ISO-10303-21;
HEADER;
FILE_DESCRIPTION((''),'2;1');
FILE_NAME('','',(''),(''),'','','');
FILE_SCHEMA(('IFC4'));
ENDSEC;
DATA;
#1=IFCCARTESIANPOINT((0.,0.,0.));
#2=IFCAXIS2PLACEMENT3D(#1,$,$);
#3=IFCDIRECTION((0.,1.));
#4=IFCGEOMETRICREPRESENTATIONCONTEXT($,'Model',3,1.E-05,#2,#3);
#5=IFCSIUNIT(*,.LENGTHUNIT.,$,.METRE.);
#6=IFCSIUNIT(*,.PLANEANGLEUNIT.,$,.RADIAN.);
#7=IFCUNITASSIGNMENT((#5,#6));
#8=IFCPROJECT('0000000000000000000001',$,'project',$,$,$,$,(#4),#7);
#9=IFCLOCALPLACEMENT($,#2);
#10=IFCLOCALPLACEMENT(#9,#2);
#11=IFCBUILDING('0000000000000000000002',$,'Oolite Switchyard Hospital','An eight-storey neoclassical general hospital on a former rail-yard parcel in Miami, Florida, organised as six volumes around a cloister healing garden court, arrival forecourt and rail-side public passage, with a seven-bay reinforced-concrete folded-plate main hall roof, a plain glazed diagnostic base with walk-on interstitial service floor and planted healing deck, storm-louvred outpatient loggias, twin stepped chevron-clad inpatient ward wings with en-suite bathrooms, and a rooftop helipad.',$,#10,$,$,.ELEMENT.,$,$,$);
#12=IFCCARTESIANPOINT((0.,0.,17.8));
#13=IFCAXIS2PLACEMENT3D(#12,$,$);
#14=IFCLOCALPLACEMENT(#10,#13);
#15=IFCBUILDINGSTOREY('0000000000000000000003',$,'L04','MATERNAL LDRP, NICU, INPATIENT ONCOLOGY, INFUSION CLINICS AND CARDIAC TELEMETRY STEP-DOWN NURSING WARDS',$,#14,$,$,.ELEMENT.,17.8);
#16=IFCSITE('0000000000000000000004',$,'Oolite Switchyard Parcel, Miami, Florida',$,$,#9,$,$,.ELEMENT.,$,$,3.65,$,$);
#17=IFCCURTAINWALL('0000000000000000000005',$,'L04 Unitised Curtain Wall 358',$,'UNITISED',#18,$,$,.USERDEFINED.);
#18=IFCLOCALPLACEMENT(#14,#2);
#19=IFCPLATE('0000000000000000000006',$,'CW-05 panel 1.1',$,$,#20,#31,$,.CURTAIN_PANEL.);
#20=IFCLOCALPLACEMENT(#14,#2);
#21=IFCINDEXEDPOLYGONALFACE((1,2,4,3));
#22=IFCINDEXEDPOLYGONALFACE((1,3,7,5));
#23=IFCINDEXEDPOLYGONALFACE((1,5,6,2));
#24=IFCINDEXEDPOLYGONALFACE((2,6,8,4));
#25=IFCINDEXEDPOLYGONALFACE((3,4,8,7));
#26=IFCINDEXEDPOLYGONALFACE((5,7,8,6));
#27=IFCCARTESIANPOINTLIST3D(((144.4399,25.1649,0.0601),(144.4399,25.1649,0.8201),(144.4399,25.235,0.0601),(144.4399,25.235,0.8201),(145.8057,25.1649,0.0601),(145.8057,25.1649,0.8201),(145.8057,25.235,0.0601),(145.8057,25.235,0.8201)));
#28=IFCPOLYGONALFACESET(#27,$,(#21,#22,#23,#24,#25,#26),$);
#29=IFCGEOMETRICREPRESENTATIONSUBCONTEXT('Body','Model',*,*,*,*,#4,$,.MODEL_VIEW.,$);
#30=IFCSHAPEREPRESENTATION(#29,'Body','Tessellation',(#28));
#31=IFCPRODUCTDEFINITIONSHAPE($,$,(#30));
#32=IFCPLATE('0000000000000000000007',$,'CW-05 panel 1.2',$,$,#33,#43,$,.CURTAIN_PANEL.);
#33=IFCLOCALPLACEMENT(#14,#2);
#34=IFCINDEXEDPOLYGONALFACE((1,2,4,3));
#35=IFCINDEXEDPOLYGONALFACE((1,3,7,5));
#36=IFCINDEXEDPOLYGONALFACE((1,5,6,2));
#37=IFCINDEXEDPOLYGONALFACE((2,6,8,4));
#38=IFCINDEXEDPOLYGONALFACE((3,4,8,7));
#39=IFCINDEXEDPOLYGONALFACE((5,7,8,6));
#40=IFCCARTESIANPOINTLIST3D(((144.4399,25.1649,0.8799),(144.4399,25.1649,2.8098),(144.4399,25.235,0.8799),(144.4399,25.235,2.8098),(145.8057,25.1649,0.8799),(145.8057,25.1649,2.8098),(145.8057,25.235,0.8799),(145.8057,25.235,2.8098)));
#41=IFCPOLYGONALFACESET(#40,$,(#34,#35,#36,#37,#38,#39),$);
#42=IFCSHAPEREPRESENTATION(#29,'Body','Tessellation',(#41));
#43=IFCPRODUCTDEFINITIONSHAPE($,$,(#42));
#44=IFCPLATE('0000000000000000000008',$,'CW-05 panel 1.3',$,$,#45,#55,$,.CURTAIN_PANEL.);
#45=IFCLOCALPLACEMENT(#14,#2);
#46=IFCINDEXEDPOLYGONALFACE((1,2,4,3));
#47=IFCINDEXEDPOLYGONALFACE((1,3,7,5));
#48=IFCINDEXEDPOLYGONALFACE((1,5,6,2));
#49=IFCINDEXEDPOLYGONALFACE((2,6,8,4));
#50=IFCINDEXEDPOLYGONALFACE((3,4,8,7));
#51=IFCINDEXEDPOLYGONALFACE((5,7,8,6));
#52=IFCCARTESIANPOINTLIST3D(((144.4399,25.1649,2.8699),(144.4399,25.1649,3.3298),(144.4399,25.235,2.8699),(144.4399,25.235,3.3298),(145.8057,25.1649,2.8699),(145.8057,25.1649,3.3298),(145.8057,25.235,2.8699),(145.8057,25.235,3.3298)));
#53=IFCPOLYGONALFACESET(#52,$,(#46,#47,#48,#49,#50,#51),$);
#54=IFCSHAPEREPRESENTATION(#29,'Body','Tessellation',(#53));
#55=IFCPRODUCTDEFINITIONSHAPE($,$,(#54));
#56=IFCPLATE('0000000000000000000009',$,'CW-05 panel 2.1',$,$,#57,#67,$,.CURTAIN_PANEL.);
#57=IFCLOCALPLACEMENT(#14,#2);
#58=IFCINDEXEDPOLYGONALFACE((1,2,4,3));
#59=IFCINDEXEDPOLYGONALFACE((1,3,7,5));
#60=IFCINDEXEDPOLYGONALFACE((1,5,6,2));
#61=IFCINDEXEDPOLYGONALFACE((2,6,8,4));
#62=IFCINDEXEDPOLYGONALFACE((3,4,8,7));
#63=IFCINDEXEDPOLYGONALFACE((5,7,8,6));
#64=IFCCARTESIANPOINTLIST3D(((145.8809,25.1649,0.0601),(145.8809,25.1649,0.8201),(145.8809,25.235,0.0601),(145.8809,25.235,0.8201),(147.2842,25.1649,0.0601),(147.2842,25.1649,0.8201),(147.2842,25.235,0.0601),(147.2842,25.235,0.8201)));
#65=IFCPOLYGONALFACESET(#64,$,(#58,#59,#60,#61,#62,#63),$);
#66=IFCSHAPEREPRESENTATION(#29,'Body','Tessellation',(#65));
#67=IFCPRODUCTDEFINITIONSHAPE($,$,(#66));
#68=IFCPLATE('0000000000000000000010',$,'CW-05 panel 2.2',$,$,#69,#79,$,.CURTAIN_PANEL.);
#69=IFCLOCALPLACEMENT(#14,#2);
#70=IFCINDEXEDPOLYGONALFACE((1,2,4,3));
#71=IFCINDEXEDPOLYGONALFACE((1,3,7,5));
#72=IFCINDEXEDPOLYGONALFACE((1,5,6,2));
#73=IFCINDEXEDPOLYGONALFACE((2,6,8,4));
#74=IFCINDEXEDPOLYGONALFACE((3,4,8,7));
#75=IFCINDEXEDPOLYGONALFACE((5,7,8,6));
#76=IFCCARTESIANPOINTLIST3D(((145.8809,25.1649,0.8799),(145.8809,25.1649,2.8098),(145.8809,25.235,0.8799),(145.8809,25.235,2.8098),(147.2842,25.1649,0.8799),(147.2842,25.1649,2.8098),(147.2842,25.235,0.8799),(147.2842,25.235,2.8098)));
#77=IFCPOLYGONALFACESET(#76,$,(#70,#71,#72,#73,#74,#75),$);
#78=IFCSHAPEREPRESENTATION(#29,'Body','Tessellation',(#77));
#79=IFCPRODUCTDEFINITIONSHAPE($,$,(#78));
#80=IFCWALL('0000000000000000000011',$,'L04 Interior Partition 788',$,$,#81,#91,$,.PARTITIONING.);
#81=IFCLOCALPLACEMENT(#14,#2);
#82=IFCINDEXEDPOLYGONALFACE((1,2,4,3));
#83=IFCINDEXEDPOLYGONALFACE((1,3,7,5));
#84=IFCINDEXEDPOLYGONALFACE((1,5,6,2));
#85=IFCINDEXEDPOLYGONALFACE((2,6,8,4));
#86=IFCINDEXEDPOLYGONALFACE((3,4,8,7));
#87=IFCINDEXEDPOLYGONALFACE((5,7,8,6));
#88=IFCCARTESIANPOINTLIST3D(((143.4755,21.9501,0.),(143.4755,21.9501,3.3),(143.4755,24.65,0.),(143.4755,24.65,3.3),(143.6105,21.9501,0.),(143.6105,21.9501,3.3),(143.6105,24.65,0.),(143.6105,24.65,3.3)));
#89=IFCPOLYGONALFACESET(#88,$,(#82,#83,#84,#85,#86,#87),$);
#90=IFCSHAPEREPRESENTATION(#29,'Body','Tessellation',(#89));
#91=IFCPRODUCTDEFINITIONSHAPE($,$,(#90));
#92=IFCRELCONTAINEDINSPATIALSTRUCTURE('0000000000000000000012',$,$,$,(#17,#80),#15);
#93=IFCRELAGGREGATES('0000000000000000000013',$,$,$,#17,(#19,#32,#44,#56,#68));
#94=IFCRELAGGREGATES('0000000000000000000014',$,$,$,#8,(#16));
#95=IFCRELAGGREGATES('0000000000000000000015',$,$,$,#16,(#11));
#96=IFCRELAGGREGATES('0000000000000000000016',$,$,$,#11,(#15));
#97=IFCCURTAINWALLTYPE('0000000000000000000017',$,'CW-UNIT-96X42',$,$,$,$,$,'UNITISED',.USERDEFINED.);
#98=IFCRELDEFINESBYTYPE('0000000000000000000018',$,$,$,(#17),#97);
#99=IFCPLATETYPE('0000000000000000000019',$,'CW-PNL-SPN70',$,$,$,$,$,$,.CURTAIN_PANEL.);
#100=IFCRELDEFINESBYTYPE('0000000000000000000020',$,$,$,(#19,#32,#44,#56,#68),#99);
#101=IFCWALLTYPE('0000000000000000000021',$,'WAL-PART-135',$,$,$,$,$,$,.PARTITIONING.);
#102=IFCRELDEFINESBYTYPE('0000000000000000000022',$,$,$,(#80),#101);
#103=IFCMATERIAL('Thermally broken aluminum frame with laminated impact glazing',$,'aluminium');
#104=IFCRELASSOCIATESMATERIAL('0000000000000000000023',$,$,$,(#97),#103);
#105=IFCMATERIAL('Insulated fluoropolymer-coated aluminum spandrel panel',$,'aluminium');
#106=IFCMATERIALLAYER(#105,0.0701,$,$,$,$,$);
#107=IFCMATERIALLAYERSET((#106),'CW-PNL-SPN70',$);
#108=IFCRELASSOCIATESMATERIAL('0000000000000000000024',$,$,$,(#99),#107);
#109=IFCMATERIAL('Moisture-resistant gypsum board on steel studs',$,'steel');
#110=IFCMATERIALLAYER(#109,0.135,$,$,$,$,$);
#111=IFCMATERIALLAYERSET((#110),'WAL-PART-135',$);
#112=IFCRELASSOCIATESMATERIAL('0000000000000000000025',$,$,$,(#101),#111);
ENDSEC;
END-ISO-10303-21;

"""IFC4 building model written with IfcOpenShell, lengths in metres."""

from ifc_helpers import new_model, si_unit, direction, frame, frame_2d, origin, origin_2d, place, context, subcontext, project, spatial, rectangle, extrude, material, layer, layer_set, type_object, element, aggregate, save


model = new_model("IFC4")

# Units and contexts
model_context = context("Model", 3, precision=1e-05, world=origin(), true_north=direction((0.0, 1.0)))
body_context = subcontext(model_context, "Body", "Model", "MODEL_VIEW")
ifc_project = project(units=[si_unit("LENGTHUNIT", "METRE"), si_unit("PLANEANGLEUNIT", "RADIAN")], contexts=[model_context])

# Site, building, storey
site_placement = place(None, origin())
site = spatial("IfcSite", under=ifc_project, at=site_placement, Name="Oolite Switchyard Parcel, Miami, Florida", CompositionType="ELEMENT", RefElevation=3.65)
building_placement = place(site_placement, origin())
building = spatial("IfcBuilding", under=site, at=building_placement, Name="Oolite Switchyard Hospital", Description="An eight-storey neoclassical general hospital on a former rail-yard parcel in Miami, Florida, organised as six volumes around a cloister healing garden court, arrival forecourt and rail-side public passage, with a seven-bay reinforced-concrete folded-plate main hall roof, a plain glazed diagnostic base with walk-on interstitial service floor and planted healing deck, storm-louvred outpatient loggias, twin stepped chevron-clad inpatient ward wings with en-suite bathrooms, and a rooftop helipad.", CompositionType="ELEMENT")
storey_placement = place(building_placement, frame((0.0, 0.0, 17.8)))
storey = spatial("IfcBuildingStorey", under=building, at=storey_placement, Name="L04", Description="MATERNAL LDRP, NICU, INPATIENT ONCOLOGY, INFUSION CLINICS AND CARDIAC TELEMETRY STEP-DOWN NURSING WARDS", CompositionType="ELEMENT", Elevation=17.8)

# Curtain wall, plates
ifc_material_1 = material(Name="Thermally broken aluminum frame with laminated impact glazing", Category="aluminium")
curtain_wall_type = type_object("IfcCurtainWallType", Name="CW-UNIT-96X42", ElementType="UNITISED", PredefinedType="USERDEFINED", material=ifc_material_1)
curtain_wall_placement = place(storey_placement, origin())
curtain_wall = element("IfcCurtainWall", 1, at=curtain_wall_placement, inside=storey, type_object=curtain_wall_type, Name="L04 Unitised Curtain Wall 358", ObjectType="UNITISED", PredefinedType="USERDEFINED")
ifc_material_2 = material(Name="Insulated fluoropolymer-coated aluminum spandrel panel", Category="aluminium")
ifc_layer_1 = layer(ifc_material_2, 0.0701)
ifc_layer_set_1 = layer_set([ifc_layer_1], Name="CW-PNL-SPN70")
plate_type = type_object("IfcPlateType", Name="CW-PNL-SPN70", PredefinedType="CURTAIN_PANEL", material=ifc_layer_set_1)
plate_1_placement = place(storey_placement, frame((145.1228, 25.2, 0.0601), z_axis=(0.0, 0.0, 1.0), x_axis=(1.0, 0.0, 0.0)))
plate_1 = element("IfcPlate", 2, at=plate_1_placement, type_object=plate_type, Name="CW-05 panel 1.1", PredefinedType="CURTAIN_PANEL", context=body_context, shape_type="SweptSolid", body=[
    extrude(rectangle(XDim=1.3657, YDim=0.0701, at=origin_2d()), origin(), (0.0, 0.0, 1.0), 0.76),
])
plate_2_placement = place(storey_placement, frame((145.1228, 25.2, 0.8799), z_axis=(0.0, 0.0, 1.0), x_axis=(1.0, 0.0, 0.0)))
plate_2 = element("IfcPlate", 3, at=plate_2_placement, type_object=plate_type, Name="CW-05 panel 1.2", PredefinedType="CURTAIN_PANEL", context=body_context, shape_type="SweptSolid", body=[
    extrude(rectangle(XDim=1.3657, YDim=0.0701, at=origin_2d()), origin(), (0.0, 0.0, 1.0), 1.9299),
])
plate_3_placement = place(storey_placement, frame((145.1228, 25.2, 2.8699), z_axis=(0.0, 0.0, 1.0), x_axis=(1.0, 0.0, 0.0)))
plate_3 = element("IfcPlate", 4, at=plate_3_placement, type_object=plate_type, Name="CW-05 panel 1.3", PredefinedType="CURTAIN_PANEL", context=body_context, shape_type="SweptSolid", body=[
    extrude(rectangle(XDim=1.3657, YDim=0.0701, at=origin_2d()), origin(), (0.0, 0.0, 1.0), 0.46),
])
plate_4_placement = place(storey_placement, frame((146.5825, 25.2, 0.0601), z_axis=(0.0, 0.0, 1.0), x_axis=(1.0, 0.0, 0.0)))
plate_4 = element("IfcPlate", 5, at=plate_4_placement, type_object=plate_type, Name="CW-05 panel 2.1", PredefinedType="CURTAIN_PANEL", context=body_context, shape_type="SweptSolid", body=[
    extrude(rectangle(XDim=1.4033, YDim=0.0701, at=origin_2d()), origin(), (0.0, 0.0, 1.0), 0.76),
])
plate_5_placement = place(storey_placement, frame((146.5825, 25.2, 0.8799), z_axis=(0.0, 0.0, 1.0), x_axis=(1.0, 0.0, 0.0)))
plate_5 = element("IfcPlate", 6, at=plate_5_placement, type_object=plate_type, Name="CW-05 panel 2.2", PredefinedType="CURTAIN_PANEL", context=body_context, shape_type="SweptSolid", body=[
    extrude(rectangle(XDim=1.4033, YDim=0.0701, at=origin_2d()), origin(), (0.0, 0.0, 1.0), 1.9299),
])
aggregate(curtain_wall, [plate_1, plate_2, plate_3, plate_4, plate_5])

# Wall
ifc_material_3 = material(Name="Moisture-resistant gypsum board on steel studs", Category="steel")
ifc_layer_2 = layer(ifc_material_3, 0.135)
ifc_layer_set_2 = layer_set([ifc_layer_2], Name="WAL-PART-135")
wall_type = type_object("IfcWallType", Name="WAL-PART-135", PredefinedType="PARTITIONING", material=ifc_layer_set_2)
wall_placement = place(storey_placement, frame((143.543, 21.95, 0.0), z_axis=(0.0, 0.0, 1.0), x_axis=(0.0, 1.0, 0.0)))
element("IfcWall", 7, at=wall_placement, inside=storey, type_object=wall_type, Name="L04 Interior Partition 788", PredefinedType="PARTITIONING", context=body_context, shape_type="SweptSolid", body=[
    extrude(rectangle(XDim=2.7, YDim=0.135, at=frame_2d((1.3501, 0.0))), origin(), (0.0, 0.0, 1.0), 3.3),
])

save(model, "model.ifc")
